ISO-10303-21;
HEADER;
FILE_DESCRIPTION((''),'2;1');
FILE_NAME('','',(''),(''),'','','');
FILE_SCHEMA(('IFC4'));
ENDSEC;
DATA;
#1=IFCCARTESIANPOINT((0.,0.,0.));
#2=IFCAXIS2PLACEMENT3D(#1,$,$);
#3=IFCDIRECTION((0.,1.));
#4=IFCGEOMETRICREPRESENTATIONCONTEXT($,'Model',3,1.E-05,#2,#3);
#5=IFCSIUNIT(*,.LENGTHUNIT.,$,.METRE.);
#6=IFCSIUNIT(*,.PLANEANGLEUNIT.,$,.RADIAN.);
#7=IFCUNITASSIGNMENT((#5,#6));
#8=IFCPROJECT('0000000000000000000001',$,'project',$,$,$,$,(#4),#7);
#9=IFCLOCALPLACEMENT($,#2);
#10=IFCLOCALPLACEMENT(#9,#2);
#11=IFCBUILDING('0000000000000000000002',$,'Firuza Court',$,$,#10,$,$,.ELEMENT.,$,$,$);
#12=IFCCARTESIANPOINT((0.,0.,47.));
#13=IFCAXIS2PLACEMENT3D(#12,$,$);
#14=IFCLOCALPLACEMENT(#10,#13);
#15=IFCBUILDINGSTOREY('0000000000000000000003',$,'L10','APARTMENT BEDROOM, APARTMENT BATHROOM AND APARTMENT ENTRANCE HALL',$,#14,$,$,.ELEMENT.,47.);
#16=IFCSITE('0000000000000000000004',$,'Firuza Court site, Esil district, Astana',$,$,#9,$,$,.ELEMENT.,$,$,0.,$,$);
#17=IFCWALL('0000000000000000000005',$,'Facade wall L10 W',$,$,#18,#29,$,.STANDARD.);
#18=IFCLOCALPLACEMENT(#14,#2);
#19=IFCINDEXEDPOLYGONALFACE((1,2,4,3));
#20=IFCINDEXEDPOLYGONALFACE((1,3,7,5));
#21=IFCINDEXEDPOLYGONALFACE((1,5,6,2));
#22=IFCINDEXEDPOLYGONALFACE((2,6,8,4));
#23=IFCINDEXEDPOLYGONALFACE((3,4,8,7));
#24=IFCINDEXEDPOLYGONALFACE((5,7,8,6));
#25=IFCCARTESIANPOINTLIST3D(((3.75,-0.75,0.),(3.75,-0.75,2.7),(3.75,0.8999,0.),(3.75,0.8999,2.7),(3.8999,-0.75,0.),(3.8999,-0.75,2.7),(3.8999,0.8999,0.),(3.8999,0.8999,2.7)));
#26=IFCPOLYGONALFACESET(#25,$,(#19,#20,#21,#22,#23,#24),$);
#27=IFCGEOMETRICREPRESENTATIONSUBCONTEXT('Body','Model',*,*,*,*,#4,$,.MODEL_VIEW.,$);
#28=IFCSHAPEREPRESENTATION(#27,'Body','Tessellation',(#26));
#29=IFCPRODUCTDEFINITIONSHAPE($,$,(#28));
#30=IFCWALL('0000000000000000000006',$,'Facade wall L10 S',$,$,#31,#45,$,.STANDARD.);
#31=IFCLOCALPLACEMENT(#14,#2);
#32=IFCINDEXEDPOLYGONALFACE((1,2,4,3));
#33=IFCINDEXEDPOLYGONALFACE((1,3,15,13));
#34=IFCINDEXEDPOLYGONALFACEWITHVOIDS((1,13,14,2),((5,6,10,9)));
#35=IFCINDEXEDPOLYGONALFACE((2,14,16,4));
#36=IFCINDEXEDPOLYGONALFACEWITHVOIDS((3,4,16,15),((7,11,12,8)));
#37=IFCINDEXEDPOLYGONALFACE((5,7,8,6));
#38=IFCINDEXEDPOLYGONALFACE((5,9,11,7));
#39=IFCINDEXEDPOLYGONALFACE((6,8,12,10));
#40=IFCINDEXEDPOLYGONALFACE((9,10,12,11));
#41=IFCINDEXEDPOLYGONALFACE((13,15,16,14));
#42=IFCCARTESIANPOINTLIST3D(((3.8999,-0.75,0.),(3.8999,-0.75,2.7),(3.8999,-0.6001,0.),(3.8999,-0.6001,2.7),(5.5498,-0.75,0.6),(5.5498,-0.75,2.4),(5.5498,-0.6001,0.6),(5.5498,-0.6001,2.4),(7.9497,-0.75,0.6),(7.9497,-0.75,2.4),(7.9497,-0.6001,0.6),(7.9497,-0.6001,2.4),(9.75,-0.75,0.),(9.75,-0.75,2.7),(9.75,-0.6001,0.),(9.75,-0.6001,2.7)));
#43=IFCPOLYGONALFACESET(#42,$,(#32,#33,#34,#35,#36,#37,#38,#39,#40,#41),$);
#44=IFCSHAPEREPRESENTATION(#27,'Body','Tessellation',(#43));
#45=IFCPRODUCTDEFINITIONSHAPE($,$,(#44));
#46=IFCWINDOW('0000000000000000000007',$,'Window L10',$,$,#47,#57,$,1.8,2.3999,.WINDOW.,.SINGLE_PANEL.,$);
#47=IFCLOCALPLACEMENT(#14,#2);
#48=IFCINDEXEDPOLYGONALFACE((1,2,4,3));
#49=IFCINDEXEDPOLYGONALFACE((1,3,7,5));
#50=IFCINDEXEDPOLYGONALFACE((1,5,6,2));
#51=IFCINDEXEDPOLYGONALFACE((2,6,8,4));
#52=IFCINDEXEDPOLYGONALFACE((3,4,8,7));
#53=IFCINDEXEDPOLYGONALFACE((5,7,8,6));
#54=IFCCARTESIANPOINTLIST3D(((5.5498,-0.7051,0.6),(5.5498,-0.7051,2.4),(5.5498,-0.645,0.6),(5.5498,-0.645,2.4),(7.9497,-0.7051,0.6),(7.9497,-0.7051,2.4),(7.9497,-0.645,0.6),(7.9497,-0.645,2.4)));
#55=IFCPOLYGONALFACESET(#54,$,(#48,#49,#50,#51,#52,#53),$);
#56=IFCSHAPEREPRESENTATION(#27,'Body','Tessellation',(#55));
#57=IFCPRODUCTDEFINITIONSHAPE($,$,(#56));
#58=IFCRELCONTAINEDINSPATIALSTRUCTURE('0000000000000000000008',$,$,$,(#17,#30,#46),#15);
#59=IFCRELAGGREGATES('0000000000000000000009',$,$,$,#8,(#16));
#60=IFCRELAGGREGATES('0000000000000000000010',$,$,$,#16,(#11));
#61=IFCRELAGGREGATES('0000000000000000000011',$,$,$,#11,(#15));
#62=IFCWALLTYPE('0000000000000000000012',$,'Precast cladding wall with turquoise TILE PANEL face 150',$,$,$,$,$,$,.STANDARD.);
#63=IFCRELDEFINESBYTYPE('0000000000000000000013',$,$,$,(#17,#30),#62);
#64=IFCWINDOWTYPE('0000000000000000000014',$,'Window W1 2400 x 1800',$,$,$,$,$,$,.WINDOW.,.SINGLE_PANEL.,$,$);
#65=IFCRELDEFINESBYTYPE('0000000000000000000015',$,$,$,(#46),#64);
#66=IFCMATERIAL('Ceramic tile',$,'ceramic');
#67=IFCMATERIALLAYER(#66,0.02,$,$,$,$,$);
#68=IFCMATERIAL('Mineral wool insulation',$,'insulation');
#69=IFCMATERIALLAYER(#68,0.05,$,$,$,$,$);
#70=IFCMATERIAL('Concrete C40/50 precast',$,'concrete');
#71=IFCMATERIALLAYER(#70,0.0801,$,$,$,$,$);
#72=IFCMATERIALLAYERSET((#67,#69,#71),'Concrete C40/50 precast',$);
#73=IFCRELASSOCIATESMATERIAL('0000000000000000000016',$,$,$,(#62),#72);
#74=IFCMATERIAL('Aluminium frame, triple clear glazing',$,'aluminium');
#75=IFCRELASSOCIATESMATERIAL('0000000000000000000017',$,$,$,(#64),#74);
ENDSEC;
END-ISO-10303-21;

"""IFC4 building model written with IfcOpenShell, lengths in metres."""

from ifc_helpers import new_model, si_unit, direction, frame, frame_2d, origin, place, context, subcontext, project, spatial, rectangle, extrude, material, layer, layer_set, type_object, element, fill, save


model = new_model("IFC4")

# Units and contexts
model_context = context("Model", 3, precision=1e-05, world=origin(), true_north=direction((0.0, 1.0)))
body_context = subcontext(model_context, "Body", "Model", "MODEL_VIEW")
ifc_project = project(units=[si_unit("LENGTHUNIT", "METRE"), si_unit("PLANEANGLEUNIT", "RADIAN")], contexts=[model_context])

# Site, building, storey
site_placement = place(None, origin())
site = spatial("IfcSite", under=ifc_project, at=site_placement, Name="Firuza Court site, Esil district, Astana", CompositionType="ELEMENT", RefElevation=0.0)
building_placement = place(site_placement, origin())
building = spatial("IfcBuilding", under=site, at=building_placement, Name="Firuza Court", CompositionType="ELEMENT")
storey_placement = place(building_placement, frame((0.0, 0.0, 47.0)))
storey = spatial("IfcBuildingStorey", under=building, at=storey_placement, Name="L10", Description="APARTMENT BEDROOM, APARTMENT BATHROOM AND APARTMENT ENTRANCE HALL", CompositionType="ELEMENT", Elevation=47.0)

# Wall
ifc_material_1 = material(Name="Ceramic tile", Category="ceramic")
ifc_layer_1 = layer(ifc_material_1, 0.02)
ifc_material_2 = material(Name="Mineral wool insulation", Category="insulation")
ifc_layer_2 = layer(ifc_material_2, 0.05)
ifc_material_3 = material(Name="Concrete C40/50 precast", Category="concrete")
ifc_layer_3 = layer(ifc_material_3, 0.0801)
ifc_layer_set_1 = layer_set([ifc_layer_1, ifc_layer_2, ifc_layer_3], Name="Concrete C40/50 precast")
wall_type_1 = type_object("IfcWallType", Name="Precast cladding wall with turquoise TILE PANEL face 150", PredefinedType="STANDARD", material=ifc_layer_set_1)
wall_1_placement = place(storey_placement, frame((3.825, 0.8999, 0.0), z_axis=(0.0, 0.0, 1.0), x_axis=(0.0, -1.0, 0.0)))
element("IfcWall", 1, at=wall_1_placement, inside=storey, type_object=wall_type_1, Name="Facade wall L10 W", PredefinedType="STANDARD", context=body_context, shape_type="SweptSolid", body=[
    extrude(rectangle(XDim=1.6499, YDim=0.1499, at=frame_2d((0.825, 0.0))), origin(), (0.0, 0.0, 1.0), 2.7),
])

# Wall, opening, window
wall_2_placement = place(storey_placement, frame((3.8999, -0.675, 0.0), z_axis=(0.0, 0.0, 1.0), x_axis=(1.0, 0.0, 0.0)))
wall_2 = element("IfcWall", 2, at=wall_2_placement, inside=storey, type_object=wall_type_1, Name="Facade wall L10 S", PredefinedType="STANDARD", context=body_context, shape_type="SweptSolid", body=[
    extrude(rectangle(XDim=5.8501, YDim=0.1499, at=frame_2d((2.925, 0.0))), origin(), (0.0, 0.0, 1.0), 2.7),
])
opening_1_placement = place(wall_2_placement, frame((1.6499, 0.0, 0.6001)))
opening_1 = element("IfcOpeningElement", 3, at=opening_1_placement, cuts=wall_2, PredefinedType="OPENING", context=body_context, shape_type="SweptSolid", body=[
    extrude(rectangle(XDim=2.3999, YDim=1.8, at=frame_2d((1.2, 0.8999))), frame((0.0, 0.0869, 0.0), z_axis=(0.0, -1.0, 0.0), x_axis=(1.0, 0.0, 0.0)), (0.0, 0.0, 1.0), 0.1738),
])
ifc_material_4 = material(Name="Aluminium frame, triple clear glazing", Category="aluminium")
window_type = type_object("IfcWindowType", Name="Window W1 2400 x 1800", PartitioningType="SINGLE_PANEL", PredefinedType="WINDOW", material=ifc_material_4)
window_placement = place(opening_1_placement, origin())
window = element("IfcWindow", 4, at=window_placement, inside=storey, type_object=window_type, Name="Window L10", OverallHeight=1.8, OverallWidth=2.3999, PartitioningType="SINGLE_PANEL", PredefinedType="WINDOW", context=body_context, shape_type="SweptSolid", body=[
    extrude(rectangle(XDim=2.3999, YDim=1.8, at=frame_2d((1.2, 0.8999))), frame((0.0, 0.03, 0.0), z_axis=(0.0, -1.0, 0.0), x_axis=(1.0, 0.0, 0.0)), (0.0, 0.0, 1.0), 0.0601),
])
fill(opening_1, window)

save(model, "model.ifc")
